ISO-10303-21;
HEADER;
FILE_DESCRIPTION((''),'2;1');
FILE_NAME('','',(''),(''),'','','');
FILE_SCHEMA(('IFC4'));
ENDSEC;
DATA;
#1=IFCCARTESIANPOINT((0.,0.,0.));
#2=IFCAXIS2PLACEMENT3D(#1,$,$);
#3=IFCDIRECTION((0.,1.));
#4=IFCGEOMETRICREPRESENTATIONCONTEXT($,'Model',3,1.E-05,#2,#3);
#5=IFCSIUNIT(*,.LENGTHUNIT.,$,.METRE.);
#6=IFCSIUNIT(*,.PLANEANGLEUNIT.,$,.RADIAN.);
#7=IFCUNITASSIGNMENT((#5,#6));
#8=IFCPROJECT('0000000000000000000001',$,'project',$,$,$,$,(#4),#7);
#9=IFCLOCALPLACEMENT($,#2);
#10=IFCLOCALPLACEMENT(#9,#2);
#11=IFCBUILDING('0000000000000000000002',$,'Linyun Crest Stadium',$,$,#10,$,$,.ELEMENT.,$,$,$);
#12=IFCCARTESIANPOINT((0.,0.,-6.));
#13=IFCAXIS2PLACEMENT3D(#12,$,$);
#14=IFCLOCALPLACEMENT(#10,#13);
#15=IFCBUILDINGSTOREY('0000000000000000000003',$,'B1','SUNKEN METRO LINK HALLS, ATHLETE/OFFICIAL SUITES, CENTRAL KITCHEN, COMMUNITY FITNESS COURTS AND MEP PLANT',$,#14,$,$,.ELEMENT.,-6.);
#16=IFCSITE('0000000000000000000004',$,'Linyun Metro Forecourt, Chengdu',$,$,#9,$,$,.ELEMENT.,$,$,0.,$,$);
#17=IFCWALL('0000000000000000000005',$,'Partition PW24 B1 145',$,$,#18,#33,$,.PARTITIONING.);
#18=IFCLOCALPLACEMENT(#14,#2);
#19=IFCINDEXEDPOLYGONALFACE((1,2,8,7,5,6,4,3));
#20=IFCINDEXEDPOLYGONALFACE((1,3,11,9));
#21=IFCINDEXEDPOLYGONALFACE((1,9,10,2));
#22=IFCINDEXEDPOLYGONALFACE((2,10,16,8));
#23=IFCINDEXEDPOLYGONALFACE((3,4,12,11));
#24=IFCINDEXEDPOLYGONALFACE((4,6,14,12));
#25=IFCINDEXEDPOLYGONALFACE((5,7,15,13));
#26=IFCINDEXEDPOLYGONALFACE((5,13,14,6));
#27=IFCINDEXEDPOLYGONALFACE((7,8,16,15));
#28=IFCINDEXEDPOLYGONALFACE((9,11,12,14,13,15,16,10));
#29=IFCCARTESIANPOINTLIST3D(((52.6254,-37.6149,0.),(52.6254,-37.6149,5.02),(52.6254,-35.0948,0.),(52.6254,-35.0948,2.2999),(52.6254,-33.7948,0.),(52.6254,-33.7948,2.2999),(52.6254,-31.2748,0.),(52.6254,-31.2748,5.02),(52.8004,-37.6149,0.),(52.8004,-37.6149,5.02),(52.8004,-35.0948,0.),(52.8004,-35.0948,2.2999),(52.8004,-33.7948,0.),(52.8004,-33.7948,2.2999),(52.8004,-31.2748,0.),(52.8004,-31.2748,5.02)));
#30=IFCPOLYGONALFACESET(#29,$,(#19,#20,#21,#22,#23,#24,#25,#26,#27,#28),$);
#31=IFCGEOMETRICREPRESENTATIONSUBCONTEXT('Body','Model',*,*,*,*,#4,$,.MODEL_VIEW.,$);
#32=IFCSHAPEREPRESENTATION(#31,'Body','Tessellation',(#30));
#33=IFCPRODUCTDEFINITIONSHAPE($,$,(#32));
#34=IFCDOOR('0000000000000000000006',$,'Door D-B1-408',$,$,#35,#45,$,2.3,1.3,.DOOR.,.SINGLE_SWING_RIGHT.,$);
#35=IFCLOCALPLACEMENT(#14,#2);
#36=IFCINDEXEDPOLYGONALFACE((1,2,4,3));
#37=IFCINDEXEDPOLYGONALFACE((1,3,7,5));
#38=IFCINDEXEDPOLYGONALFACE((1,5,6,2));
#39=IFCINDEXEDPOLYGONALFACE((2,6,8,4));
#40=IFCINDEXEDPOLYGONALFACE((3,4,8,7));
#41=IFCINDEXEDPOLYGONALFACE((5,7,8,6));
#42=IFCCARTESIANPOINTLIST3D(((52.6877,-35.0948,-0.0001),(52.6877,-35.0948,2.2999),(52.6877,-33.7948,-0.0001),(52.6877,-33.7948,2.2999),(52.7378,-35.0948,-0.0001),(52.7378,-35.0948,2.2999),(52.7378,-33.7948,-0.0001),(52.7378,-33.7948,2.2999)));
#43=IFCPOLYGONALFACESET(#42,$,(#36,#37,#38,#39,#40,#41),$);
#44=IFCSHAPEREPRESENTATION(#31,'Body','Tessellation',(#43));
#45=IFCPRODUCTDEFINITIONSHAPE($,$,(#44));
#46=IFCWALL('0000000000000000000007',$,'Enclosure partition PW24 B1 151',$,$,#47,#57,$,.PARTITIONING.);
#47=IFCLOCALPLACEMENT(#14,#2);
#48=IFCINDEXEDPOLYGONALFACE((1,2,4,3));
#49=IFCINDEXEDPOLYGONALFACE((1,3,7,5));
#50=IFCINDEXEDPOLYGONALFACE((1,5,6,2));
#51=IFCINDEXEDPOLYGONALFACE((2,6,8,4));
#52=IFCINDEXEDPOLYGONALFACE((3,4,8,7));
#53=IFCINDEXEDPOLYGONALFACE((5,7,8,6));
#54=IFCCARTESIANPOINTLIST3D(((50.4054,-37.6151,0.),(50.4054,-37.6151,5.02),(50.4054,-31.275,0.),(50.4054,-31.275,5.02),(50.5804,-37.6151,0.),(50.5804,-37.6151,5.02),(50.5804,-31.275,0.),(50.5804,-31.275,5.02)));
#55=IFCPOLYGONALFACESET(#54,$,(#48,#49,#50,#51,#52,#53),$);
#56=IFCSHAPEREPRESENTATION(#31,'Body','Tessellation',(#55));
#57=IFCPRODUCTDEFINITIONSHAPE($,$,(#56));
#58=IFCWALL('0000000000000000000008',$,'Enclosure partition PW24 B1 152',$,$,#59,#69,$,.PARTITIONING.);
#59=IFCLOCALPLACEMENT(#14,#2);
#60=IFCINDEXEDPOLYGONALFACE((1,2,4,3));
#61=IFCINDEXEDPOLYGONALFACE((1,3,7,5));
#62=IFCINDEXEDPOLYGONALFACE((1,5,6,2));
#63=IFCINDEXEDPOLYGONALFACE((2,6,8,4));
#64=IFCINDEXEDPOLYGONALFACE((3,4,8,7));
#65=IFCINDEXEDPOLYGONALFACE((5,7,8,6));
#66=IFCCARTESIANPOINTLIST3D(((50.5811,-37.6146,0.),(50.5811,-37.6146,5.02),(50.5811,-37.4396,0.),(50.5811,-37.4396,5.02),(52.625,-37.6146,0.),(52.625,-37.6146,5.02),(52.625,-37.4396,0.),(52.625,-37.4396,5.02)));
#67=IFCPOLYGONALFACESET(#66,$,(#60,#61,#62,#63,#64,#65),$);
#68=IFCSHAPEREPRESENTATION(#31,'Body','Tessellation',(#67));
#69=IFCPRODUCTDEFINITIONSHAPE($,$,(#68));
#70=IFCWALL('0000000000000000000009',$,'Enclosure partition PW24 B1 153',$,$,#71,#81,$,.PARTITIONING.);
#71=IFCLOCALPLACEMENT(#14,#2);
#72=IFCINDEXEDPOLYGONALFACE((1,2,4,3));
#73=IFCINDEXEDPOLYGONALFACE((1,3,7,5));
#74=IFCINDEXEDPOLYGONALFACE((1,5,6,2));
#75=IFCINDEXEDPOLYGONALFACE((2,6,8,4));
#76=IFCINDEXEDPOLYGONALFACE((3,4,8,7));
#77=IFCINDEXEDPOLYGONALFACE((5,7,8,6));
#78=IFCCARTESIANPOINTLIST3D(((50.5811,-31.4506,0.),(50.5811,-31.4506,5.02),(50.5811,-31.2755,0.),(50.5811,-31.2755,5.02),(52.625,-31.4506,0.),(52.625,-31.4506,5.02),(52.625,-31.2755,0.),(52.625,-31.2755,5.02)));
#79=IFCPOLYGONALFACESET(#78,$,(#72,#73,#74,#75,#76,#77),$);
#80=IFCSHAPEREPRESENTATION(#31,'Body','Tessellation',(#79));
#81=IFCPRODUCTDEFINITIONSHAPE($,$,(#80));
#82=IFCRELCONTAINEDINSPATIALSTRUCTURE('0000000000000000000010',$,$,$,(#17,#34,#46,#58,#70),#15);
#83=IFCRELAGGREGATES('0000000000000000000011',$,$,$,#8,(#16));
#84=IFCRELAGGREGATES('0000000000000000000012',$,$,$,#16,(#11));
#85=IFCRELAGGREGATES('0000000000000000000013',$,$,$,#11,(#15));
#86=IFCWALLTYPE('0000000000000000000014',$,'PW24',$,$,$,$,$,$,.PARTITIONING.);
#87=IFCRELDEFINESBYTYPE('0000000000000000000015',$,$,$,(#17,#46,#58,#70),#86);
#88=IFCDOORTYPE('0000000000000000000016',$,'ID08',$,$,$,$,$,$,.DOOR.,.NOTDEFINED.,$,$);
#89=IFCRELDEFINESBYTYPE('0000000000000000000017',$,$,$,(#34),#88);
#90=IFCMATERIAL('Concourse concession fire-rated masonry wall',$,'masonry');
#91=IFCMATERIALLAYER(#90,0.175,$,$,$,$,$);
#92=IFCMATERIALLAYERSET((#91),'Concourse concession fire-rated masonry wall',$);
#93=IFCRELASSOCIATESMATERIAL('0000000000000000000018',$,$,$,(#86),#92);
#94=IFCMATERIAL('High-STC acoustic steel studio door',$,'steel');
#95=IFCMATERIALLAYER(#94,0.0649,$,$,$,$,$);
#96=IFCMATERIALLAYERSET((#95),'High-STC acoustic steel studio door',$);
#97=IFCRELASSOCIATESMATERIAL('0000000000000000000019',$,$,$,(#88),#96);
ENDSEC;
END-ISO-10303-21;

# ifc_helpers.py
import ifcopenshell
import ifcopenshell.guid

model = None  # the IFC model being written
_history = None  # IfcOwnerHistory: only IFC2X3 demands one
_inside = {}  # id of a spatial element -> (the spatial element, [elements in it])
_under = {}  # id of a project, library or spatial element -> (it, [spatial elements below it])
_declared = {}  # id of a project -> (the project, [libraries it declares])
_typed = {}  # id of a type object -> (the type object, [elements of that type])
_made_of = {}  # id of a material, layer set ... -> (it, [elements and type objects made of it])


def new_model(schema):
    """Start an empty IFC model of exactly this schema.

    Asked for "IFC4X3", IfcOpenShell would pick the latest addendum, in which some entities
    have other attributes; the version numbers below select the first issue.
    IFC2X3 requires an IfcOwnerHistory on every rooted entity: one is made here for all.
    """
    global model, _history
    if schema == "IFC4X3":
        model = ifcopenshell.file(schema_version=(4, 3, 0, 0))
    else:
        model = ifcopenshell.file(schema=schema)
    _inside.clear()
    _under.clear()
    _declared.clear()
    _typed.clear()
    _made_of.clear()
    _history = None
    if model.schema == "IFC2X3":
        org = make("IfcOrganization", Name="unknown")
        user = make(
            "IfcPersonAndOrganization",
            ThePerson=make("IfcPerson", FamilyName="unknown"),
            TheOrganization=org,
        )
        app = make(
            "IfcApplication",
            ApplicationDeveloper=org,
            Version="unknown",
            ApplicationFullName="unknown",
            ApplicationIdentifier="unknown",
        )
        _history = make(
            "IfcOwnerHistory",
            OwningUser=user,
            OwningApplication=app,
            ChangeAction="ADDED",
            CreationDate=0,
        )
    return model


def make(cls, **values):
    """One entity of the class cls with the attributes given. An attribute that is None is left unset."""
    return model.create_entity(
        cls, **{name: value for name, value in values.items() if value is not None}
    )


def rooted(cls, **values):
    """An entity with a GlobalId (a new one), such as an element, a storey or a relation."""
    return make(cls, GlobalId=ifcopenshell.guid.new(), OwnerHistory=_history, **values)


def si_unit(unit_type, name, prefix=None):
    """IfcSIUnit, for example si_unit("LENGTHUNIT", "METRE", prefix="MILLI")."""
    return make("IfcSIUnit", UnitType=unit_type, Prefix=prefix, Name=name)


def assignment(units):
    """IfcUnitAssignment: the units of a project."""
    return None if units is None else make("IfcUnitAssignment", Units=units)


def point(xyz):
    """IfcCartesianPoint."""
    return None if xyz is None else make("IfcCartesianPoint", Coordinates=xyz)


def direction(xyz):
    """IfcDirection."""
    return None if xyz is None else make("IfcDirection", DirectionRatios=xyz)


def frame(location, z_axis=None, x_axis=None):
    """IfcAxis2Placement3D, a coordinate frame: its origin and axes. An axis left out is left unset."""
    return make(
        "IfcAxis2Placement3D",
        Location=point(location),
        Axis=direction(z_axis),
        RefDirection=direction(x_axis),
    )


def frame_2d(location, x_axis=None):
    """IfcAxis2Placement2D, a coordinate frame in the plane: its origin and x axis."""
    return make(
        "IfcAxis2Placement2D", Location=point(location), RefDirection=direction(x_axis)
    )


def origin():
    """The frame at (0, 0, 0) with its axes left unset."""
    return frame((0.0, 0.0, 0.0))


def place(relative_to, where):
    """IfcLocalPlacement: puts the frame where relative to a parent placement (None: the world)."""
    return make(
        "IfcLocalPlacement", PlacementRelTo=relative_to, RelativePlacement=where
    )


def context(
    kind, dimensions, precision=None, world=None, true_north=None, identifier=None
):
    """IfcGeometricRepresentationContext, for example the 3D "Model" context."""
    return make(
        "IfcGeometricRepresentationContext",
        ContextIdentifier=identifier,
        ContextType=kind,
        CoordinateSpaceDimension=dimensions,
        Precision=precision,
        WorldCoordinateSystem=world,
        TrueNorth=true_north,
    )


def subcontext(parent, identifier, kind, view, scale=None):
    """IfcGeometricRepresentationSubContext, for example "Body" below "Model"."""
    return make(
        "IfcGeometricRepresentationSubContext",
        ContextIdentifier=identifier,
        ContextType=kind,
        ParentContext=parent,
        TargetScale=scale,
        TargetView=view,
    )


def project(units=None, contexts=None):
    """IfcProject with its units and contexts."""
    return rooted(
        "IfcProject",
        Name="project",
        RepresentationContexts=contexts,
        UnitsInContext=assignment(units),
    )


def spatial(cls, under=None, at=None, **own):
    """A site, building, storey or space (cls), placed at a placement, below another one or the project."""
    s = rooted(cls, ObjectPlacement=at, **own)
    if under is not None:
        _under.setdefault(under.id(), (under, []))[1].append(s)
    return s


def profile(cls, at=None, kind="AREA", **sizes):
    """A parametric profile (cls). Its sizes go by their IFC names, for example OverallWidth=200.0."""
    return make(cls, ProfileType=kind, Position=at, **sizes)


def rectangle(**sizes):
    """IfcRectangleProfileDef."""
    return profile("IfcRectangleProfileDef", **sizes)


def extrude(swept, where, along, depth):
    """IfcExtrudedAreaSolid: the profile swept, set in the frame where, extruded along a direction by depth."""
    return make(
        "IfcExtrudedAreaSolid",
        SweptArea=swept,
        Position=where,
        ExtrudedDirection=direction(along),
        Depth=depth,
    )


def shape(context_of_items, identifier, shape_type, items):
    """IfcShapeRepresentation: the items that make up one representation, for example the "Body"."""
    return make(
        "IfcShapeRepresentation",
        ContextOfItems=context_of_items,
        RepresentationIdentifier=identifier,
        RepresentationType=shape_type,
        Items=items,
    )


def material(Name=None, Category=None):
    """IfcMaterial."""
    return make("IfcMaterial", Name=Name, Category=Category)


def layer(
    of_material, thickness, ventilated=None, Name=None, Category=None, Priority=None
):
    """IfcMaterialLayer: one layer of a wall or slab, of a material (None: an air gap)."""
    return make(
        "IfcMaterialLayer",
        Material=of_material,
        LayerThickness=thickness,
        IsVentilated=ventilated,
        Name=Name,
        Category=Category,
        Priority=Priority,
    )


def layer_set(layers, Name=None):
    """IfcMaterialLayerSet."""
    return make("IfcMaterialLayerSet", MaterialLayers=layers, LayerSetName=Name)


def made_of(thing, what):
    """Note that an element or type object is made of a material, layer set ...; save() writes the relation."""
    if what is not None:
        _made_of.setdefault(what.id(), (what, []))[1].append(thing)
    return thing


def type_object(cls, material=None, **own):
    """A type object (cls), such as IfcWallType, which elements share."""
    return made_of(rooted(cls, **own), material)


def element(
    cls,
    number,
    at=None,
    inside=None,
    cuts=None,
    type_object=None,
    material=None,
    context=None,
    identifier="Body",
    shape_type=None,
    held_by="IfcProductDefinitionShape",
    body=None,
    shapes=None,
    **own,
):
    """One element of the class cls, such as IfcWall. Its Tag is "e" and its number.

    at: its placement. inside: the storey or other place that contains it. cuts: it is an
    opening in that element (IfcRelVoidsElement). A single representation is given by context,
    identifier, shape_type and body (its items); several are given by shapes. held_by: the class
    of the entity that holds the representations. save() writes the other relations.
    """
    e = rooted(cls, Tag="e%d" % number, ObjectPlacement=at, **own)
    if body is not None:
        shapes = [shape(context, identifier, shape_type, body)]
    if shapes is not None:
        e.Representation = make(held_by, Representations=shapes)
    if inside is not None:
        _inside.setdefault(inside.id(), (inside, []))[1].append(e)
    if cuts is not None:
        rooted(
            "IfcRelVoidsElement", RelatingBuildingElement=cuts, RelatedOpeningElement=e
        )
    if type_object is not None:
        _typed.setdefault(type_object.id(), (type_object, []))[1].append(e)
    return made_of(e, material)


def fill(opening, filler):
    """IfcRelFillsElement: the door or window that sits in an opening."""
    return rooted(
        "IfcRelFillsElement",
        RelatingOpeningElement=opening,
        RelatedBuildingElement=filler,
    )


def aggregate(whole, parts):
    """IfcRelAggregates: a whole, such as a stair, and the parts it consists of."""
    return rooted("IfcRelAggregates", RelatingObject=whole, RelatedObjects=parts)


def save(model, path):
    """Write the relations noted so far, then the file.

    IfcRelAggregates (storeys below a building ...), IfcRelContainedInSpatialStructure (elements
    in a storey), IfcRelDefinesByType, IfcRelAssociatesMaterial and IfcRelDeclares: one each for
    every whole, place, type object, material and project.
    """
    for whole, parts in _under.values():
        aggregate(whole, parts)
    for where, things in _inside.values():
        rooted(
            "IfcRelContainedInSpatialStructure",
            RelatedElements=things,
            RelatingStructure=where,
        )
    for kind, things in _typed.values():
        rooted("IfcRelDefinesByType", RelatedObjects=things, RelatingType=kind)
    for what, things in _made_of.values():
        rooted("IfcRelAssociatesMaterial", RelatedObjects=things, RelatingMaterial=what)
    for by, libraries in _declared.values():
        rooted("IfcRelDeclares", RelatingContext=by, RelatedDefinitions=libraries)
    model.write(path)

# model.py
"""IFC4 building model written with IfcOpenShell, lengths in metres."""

from ifc_helpers import new_model, si_unit, direction, frame, frame_2d, origin, place, context, subcontext, project, spatial, rectangle, extrude, material, layer, layer_set, type_object, element, fill, save


model = new_model("IFC4")

# Units and contexts
model_context = context("Model", 3, precision=1e-05, world=origin(), true_north=direction((0.0, 1.0)))
body_context = subcontext(model_context, "Body", "Model", "MODEL_VIEW")
ifc_project = project(units=[si_unit("LENGTHUNIT", "METRE"), si_unit("PLANEANGLEUNIT", "RADIAN")], contexts=[model_context])

# Site, building, storey
site_placement = place(None, origin())
site = spatial("IfcSite", under=ifc_project, at=site_placement, Name="Linyun Metro Forecourt, Chengdu", CompositionType="ELEMENT", RefElevation=0.0)
building_placement = place(site_placement, origin())
building = spatial("IfcBuilding", under=site, at=building_placement, Name="Linyun Crest Stadium", CompositionType="ELEMENT")
storey_placement = place(building_placement, frame((0.0, 0.0, -6.0)))
storey = spatial("IfcBuildingStorey", under=building, at=storey_placement, Name="B1", Description="SUNKEN METRO LINK HALLS, ATHLETE/OFFICIAL SUITES, CENTRAL KITCHEN, COMMUNITY FITNESS COURTS AND MEP PLANT", CompositionType="ELEMENT", Elevation=-6.0)

# Wall, opening, door
ifc_material_1 = material(Name="Concourse concession fire-rated masonry wall", Category="masonry")
ifc_layer_1 = layer(ifc_material_1, 0.175)
ifc_layer_set_1 = layer_set([ifc_layer_1], Name="Concourse concession fire-rated masonry wall")
wall_type_1 = type_object("IfcWallType", Name="PW24", PredefinedType="PARTITIONING", material=ifc_layer_set_1)
wall_1_placement = place(storey_placement, frame((52.7129, -31.2749, 0.0), z_axis=(0.0, 0.0, 1.0), x_axis=(0.0, -1.0, 0.0)))
wall_1 = element("IfcWall", 1, at=wall_1_placement, inside=storey, type_object=wall_type_1, Name="Partition PW24 B1 145", PredefinedType="PARTITIONING", context=body_context, shape_type="SweptSolid", body=[
    extrude(rectangle(XDim=6.3401, YDim=0.175, at=frame_2d((3.1699, 0.0))), origin(), (0.0, 0.0, 1.0), 5.02),
])
opening_1_placement = place(wall_1_placement, frame((2.52, 0.0, 0.0)))
opening_1 = element("IfcOpeningElement", 2, at=opening_1_placement, cuts=wall_1, PredefinedType="OPENING", context=body_context, shape_type="SweptSolid", body=[
    extrude(rectangle(XDim=1.3, YDim=2.3, at=frame_2d((0.6499, 1.1499))), frame((0.0, 0.0974, 0.0), z_axis=(0.0, -1.0, 0.0), x_axis=(1.0, 0.0, 0.0)), (0.0, 0.0, 1.0), 0.1951),
])
ifc_material_2 = material(Name="High-STC acoustic steel studio door", Category="steel")
ifc_layer_2 = layer(ifc_material_2, 0.0649)
ifc_layer_set_2 = layer_set([ifc_layer_2], Name="High-STC acoustic steel studio door")
door_type_1 = type_object("IfcDoorType", Name="ID08", OperationType="NOTDEFINED", PredefinedType="DOOR", material=ifc_layer_set_2)
door_1_placement = place(opening_1_placement, origin())
door_1 = element("IfcDoor", 3, at=door_1_placement, inside=storey, type_object=door_type_1, Name="Door D-B1-408", OperationType="SINGLE_SWING_RIGHT", OverallHeight=2.3, OverallWidth=1.3, PredefinedType="DOOR", context=body_context, shape_type="SweptSolid", body=[
    extrude(rectangle(XDim=1.3, YDim=2.3, at=frame_2d((0.6499, 1.1499))), frame((0.0, 0.0249, 0.0), z_axis=(0.0, -1.0, 0.0), x_axis=(1.0, 0.0, 0.0)), (0.0, 0.0, 1.0), 0.05),
])
fill(opening_1, door_1)

# Walls
wall_2_placement = place(storey_placement, frame((50.4929, -37.615, 0.0), z_axis=(0.0, 0.0, 1.0), x_axis=(0.0, 1.0, 0.0)))
element("IfcWall", 4, at=wall_2_placement, inside=storey, type_object=wall_type_1, Name="Enclosure partition PW24 B1 151", PredefinedType="PARTITIONING", context=body_context, shape_type="SweptSolid", body=[
    extrude(rectangle(XDim=6.3401, YDim=0.175, at=frame_2d((3.1699, 0.0))), origin(), (0.0, 0.0, 1.0), 5.02),
])
for number, where, z_axis, x_axis, name in (
    (5, (50.5811, -37.5271, 0.0), (0.0, 0.0, 1.0), (1.0, 0.0, 0.0), "Enclosure partition PW24 B1 152"),
    (6, (50.5811, -31.363, 0.0), (0.0, 0.0, 1.0), (1.0, 0.0, 0.0), "Enclosure partition PW24 B1 153"),
):
    element("IfcWall", number, at=place(storey_placement, frame(where, z_axis=z_axis, x_axis=x_axis)), inside=storey, type_object=wall_type_1, Name=name, PredefinedType="PARTITIONING", context=body_context, shape_type="SweptSolid", body=[
        extrude(rectangle(XDim=2.0439, YDim=0.175, at=frame_2d((1.022, 0.0))), origin(), (0.0, 0.0, 1.0), 5.02),
    ])

save(model, "model.ifc")
